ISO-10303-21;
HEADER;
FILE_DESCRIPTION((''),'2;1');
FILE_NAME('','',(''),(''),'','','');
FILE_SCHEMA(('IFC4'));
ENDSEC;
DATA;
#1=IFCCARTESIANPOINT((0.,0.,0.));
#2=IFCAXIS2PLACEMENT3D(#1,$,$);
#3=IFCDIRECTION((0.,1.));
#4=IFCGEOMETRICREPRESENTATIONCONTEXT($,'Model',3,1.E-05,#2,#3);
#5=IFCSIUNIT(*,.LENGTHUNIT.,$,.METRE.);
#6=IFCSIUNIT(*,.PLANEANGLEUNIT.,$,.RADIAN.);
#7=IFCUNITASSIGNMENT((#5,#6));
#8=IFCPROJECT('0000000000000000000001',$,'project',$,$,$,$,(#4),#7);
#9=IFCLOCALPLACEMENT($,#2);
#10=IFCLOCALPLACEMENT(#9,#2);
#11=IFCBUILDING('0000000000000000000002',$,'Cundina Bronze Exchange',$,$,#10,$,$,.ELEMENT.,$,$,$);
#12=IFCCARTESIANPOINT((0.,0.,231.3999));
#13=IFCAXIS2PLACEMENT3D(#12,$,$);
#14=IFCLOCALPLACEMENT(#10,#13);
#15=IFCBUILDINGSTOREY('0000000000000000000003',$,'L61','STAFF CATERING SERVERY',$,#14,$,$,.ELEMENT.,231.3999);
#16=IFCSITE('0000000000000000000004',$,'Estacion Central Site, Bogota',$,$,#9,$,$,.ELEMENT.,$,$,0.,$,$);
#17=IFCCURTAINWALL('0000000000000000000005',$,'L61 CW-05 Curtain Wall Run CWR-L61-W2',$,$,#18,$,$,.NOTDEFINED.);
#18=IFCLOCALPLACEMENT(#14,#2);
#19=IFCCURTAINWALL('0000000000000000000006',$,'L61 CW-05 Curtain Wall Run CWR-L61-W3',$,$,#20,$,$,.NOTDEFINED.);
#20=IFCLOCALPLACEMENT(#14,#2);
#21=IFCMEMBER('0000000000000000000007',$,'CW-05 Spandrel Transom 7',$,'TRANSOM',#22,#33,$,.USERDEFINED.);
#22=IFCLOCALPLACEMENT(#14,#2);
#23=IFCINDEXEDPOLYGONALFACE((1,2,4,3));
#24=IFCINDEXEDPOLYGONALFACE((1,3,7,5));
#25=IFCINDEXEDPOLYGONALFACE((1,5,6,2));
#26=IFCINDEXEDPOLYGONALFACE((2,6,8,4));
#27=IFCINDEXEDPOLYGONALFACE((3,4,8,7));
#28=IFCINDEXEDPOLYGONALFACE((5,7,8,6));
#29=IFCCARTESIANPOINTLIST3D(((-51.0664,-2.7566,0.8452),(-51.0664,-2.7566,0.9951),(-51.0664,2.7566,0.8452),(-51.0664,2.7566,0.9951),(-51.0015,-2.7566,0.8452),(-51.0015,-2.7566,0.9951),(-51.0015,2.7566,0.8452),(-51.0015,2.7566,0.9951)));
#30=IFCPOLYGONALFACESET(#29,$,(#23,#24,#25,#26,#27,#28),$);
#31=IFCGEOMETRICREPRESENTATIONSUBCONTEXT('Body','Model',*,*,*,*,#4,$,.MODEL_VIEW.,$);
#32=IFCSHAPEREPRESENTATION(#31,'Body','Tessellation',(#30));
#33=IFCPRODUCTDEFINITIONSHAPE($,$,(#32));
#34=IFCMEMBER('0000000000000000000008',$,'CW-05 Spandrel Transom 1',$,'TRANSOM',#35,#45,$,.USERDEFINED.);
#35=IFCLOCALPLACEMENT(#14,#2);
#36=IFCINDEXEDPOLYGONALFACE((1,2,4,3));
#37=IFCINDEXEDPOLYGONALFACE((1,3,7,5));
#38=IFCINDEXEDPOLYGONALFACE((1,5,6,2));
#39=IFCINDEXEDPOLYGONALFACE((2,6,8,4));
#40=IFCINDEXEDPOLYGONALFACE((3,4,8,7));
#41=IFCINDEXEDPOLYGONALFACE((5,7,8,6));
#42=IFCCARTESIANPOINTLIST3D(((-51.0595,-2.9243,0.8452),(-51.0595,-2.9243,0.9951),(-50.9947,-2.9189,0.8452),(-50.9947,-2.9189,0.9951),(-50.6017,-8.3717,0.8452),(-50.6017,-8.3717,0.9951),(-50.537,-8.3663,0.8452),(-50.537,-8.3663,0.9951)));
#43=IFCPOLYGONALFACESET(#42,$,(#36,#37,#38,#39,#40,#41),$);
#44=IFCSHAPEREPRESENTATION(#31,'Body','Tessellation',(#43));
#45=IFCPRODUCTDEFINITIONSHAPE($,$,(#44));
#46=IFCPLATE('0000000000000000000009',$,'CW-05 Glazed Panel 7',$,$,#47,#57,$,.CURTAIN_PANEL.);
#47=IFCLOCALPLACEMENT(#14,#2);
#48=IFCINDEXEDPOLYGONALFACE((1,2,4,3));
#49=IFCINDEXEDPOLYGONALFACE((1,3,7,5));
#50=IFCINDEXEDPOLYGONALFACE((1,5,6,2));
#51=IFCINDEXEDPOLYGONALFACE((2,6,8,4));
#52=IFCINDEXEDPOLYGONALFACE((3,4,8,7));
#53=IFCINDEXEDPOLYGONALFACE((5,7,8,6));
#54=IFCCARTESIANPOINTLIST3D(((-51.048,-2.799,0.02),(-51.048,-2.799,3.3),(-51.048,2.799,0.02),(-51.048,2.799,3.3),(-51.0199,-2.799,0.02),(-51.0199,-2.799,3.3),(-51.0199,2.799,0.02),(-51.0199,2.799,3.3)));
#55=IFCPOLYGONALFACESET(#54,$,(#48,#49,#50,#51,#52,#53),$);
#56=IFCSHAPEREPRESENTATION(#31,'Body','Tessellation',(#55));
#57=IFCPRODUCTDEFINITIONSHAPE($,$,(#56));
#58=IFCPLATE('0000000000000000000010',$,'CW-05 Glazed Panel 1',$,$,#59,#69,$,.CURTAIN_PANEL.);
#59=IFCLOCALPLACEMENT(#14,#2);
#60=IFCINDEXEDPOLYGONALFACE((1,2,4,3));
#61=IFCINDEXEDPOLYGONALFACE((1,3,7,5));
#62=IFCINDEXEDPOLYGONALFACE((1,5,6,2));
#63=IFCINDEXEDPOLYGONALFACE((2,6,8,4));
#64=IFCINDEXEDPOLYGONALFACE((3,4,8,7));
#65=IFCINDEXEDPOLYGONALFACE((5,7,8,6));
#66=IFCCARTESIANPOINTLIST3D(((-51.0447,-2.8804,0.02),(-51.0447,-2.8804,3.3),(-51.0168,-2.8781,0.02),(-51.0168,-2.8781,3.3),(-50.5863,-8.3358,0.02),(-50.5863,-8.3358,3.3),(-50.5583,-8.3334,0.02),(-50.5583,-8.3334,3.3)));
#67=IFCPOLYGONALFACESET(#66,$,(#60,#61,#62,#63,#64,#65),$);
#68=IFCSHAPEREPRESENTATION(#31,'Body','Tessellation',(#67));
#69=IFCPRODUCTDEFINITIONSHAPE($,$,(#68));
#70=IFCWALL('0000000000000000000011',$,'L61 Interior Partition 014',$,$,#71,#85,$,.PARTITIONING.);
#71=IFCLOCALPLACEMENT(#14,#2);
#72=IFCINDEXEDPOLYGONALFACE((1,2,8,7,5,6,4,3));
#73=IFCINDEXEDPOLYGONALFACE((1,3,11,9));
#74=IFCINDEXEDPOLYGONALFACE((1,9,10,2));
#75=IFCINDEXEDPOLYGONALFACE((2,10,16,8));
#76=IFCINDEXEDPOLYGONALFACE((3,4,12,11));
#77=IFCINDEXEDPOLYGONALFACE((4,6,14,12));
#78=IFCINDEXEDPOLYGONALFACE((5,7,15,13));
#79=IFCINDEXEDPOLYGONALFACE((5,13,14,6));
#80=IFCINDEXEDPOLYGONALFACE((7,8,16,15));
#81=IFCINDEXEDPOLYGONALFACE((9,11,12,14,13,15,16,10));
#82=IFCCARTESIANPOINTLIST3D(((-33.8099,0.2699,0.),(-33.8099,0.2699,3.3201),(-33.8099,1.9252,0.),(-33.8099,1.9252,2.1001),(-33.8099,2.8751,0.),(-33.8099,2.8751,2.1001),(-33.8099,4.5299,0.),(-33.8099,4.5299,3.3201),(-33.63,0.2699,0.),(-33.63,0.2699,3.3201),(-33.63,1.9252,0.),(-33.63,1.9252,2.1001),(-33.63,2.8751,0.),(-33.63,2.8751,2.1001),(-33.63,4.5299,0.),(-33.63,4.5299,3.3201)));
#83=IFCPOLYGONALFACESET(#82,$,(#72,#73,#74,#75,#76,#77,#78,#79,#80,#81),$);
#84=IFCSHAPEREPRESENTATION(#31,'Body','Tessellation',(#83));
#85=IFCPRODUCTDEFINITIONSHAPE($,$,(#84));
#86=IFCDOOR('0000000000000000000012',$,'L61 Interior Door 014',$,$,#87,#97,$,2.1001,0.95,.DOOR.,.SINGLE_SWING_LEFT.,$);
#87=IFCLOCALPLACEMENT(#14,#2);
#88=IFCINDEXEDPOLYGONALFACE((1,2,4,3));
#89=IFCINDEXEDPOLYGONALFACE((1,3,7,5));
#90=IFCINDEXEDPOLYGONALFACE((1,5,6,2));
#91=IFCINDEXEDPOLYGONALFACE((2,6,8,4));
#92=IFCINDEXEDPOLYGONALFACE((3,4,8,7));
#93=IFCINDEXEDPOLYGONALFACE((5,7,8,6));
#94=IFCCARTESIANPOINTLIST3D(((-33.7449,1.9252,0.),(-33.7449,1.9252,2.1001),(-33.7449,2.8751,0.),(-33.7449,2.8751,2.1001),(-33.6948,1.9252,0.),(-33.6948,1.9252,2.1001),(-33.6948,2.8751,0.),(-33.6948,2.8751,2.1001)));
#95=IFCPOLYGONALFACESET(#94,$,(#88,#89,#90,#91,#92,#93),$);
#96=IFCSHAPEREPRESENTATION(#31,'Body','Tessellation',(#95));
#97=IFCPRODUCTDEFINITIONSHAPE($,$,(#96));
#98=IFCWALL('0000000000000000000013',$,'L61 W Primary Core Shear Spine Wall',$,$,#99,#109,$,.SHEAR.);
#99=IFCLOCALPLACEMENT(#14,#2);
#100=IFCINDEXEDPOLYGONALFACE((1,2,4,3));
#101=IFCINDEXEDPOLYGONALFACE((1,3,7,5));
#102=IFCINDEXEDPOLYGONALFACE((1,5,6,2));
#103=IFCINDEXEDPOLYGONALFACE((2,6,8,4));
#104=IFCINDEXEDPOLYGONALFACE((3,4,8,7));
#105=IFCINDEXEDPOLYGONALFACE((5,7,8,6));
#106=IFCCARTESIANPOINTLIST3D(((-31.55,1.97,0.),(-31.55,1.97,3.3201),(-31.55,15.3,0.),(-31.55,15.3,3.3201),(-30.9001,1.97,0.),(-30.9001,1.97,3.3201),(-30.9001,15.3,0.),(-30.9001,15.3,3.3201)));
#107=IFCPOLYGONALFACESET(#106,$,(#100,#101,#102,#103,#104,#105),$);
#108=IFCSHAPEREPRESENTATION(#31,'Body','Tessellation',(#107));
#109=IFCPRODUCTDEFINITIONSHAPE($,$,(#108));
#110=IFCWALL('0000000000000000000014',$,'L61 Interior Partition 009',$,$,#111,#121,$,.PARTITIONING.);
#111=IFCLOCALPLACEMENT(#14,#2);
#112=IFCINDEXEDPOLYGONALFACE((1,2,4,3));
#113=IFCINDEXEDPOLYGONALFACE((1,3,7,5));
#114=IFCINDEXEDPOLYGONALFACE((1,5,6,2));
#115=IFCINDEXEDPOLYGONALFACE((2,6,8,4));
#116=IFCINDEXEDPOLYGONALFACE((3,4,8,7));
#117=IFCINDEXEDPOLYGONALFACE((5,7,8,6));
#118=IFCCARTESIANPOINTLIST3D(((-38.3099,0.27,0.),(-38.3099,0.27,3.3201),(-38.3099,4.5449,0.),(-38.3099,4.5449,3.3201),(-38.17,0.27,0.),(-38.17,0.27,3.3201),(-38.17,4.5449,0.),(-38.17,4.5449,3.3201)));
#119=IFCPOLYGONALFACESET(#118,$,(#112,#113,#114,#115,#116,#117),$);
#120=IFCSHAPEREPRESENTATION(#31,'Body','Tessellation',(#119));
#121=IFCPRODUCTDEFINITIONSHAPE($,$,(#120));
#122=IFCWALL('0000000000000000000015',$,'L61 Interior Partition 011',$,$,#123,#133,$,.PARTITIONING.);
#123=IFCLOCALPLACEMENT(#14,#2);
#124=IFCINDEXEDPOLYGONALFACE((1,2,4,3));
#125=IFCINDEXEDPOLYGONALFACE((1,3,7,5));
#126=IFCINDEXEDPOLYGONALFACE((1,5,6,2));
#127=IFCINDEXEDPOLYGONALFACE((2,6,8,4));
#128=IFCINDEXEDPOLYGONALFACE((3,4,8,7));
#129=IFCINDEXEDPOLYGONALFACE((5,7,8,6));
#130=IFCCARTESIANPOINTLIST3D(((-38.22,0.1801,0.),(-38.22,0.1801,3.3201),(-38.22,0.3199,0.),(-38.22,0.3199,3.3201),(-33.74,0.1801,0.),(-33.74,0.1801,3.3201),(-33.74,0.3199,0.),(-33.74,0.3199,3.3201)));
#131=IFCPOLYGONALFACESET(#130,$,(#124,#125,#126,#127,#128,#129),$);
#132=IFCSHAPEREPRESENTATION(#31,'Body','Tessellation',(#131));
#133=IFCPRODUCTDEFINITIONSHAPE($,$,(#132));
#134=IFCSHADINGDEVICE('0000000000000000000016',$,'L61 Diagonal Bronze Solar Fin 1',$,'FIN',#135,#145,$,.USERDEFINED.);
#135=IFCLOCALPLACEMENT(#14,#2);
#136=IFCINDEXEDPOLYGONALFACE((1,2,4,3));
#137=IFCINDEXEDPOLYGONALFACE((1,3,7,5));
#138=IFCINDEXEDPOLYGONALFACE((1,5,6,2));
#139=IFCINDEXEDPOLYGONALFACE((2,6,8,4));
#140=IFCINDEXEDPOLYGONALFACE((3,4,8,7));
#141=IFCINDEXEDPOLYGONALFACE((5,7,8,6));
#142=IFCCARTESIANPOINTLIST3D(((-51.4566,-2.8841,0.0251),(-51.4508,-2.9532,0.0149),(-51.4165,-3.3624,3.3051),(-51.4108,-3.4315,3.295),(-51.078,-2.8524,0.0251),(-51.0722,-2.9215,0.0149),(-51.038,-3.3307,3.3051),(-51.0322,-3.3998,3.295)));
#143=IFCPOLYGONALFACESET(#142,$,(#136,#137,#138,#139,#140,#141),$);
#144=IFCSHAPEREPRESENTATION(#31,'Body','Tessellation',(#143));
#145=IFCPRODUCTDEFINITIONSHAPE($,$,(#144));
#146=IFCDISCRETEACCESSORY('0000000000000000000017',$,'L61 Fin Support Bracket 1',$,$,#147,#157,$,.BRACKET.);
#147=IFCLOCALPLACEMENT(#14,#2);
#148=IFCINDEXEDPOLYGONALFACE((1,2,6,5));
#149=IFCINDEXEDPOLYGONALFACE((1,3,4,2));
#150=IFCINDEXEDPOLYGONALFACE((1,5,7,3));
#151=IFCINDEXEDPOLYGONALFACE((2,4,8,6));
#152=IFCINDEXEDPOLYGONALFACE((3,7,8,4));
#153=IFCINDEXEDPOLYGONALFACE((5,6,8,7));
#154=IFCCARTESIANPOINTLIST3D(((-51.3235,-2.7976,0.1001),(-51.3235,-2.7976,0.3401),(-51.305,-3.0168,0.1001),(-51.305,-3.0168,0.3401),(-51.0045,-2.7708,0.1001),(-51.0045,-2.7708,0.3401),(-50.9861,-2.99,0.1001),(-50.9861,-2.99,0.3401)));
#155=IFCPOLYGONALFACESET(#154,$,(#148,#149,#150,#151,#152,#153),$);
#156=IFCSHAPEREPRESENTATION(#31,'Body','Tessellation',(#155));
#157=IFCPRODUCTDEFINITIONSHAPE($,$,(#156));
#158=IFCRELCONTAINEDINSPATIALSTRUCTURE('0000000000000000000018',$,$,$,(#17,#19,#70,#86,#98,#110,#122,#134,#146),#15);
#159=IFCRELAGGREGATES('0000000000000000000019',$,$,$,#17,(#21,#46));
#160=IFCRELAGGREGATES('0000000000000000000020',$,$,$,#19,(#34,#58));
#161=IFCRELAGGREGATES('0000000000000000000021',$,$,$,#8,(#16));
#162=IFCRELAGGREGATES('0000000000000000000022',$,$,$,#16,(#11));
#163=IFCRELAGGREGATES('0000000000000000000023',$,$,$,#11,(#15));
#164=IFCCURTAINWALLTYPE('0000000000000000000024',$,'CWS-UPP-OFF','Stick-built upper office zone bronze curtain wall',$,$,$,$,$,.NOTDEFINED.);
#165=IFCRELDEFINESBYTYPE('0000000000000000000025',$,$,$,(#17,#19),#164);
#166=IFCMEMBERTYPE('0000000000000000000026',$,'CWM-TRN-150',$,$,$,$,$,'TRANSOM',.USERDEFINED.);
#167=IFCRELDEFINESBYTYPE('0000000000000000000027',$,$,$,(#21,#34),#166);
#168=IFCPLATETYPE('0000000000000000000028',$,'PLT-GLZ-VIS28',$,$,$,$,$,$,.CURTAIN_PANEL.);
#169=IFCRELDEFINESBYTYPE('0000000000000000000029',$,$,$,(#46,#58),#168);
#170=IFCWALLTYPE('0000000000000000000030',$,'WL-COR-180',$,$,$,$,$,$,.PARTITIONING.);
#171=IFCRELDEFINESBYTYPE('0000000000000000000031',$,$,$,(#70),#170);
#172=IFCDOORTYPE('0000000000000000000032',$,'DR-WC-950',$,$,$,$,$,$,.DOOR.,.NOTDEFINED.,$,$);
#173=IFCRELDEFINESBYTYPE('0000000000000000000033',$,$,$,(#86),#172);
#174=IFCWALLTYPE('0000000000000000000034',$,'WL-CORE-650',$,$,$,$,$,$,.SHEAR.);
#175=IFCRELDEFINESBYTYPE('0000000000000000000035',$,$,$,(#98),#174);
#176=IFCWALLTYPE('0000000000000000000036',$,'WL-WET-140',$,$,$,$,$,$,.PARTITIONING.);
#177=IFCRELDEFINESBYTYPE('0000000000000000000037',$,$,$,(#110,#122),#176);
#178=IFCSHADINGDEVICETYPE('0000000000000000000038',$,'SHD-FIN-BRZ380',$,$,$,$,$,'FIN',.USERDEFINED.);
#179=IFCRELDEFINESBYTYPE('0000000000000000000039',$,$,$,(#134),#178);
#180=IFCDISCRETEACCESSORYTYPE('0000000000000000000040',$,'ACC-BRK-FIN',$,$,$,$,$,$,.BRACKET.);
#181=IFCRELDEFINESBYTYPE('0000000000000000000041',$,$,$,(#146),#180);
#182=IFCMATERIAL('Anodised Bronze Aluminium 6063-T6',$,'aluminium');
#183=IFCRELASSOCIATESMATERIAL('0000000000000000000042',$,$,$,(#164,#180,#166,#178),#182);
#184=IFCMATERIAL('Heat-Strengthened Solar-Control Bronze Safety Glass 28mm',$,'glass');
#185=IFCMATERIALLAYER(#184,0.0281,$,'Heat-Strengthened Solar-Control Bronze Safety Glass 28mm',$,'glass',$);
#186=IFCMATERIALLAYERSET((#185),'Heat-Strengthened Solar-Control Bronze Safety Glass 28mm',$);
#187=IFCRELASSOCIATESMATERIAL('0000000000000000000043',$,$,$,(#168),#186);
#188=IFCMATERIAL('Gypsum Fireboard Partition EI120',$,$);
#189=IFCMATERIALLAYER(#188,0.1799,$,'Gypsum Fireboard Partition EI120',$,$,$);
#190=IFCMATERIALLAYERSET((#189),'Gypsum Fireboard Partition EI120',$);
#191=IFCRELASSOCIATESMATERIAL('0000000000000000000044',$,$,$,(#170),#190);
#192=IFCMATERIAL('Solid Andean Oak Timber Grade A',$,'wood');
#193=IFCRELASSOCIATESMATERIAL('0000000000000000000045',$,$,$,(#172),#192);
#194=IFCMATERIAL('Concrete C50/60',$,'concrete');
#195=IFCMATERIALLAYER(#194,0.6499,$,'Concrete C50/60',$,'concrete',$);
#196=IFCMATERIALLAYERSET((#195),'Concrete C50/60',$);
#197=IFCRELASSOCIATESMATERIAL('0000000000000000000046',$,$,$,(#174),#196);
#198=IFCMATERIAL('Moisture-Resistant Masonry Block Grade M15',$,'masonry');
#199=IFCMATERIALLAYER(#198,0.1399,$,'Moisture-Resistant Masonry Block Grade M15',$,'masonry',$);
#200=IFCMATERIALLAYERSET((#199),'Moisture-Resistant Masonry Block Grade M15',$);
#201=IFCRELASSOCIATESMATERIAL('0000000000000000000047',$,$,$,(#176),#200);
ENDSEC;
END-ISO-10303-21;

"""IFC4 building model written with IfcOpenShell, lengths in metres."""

from ifc_helpers import new_model, si_unit, direction, frame, frame_2d, origin, origin_2d, place, context, subcontext, project, spatial, rectangle, extrude, material, layer, layer_set, material_profile, profile_set, type_object, element, fill, aggregate, save


model = new_model("IFC4")

# Units and contexts
model_context = context("Model", 3, precision=1e-05, world=origin(), true_north=direction((0.0, 1.0)))
body_context = subcontext(model_context, "Body", "Model", "MODEL_VIEW")
ifc_project = project(units=[si_unit("LENGTHUNIT", "METRE"), si_unit("PLANEANGLEUNIT", "RADIAN")], contexts=[model_context])

# Site, building, storey
site_placement = place(None, origin())
site = spatial("IfcSite", under=ifc_project, at=site_placement, Name="Estacion Central Site, Bogota", CompositionType="ELEMENT", RefElevation=0.0)
building_placement = place(site_placement, origin())
building = spatial("IfcBuilding", under=site, at=building_placement, Name="Cundina Bronze Exchange", CompositionType="ELEMENT")
storey_placement = place(building_placement, frame((0.0, 0.0, 231.3999)))
storey = spatial("IfcBuildingStorey", under=building, at=storey_placement, Name="L61", Description="STAFF CATERING SERVERY", CompositionType="ELEMENT", Elevation=231.3999)

# Shared definitions
ifc_material_1 = material(Name="Concrete C50/60", Category="concrete")

# Curtain walls
ifc_material_2 = material(Name="Anodised Bronze Aluminium 6063-T6", Category="aluminium")
curtain_wall_type = type_object("IfcCurtainWallType", Name="CWS-UPP-OFF", Description="Stick-built upper office zone bronze curtain wall", PredefinedType="NOTDEFINED", material=ifc_material_2)
curtain_wall_1_placement = place(storey_placement, origin())
curtain_wall_1 = element("IfcCurtainWall", 1, at=curtain_wall_1_placement, inside=storey, type_object=curtain_wall_type, Name="L61 CW-05 Curtain Wall Run CWR-L61-W2", PredefinedType="NOTDEFINED")
curtain_wall_2_placement = place(storey_placement, origin())
curtain_wall_2 = element("IfcCurtainWall", 2, at=curtain_wall_2_placement, inside=storey, type_object=curtain_wall_type, Name="L61 CW-05 Curtain Wall Run CWR-L61-W3", PredefinedType="NOTDEFINED")

# Members
ifc_material_profile_1 = material_profile(ifc_material_2, rectangle(XDim=0.0649, YDim=0.1499, at=origin_2d()), Name="AL65X150", Category="aluminium")
ifc_profile_set_1 = profile_set([ifc_material_profile_1], Name="Anodised Bronze Aluminium 6063-T6")
member_type_1 = type_object("IfcMemberType", Name="CWM-TRN-150", ElementType="TRANSOM", PredefinedType="USERDEFINED", material=ifc_profile_set_1)
member_1_placement = place(storey_placement, frame((-51.0339, 2.7566, 0.9202), z_axis=(0.0, -1.0, 0.0), x_axis=(1.0, 0.0, 0.0)))
member_1 = element("IfcMember", 3, at=member_1_placement, type_object=member_type_1, Name="CW-05 Spandrel Transom 7", ObjectType="TRANSOM", PredefinedType="USERDEFINED", context=body_context, shape_type="SweptSolid", body=[
    extrude(rectangle(XDim=0.0649, YDim=0.1499, at=origin_2d()), origin(), (0.0, 0.0, 1.0), 5.5132),
])
member_2_placement = place(storey_placement, frame((-51.0271, -2.9216, 0.9202), z_axis=(0.08374, -0.996488, 0.0), x_axis=(0.996488, 0.08374, 0.0)))
member_2 = element("IfcMember", 4, at=member_2_placement, type_object=member_type_1, Name="CW-05 Spandrel Transom 1", ObjectType="TRANSOM", PredefinedType="USERDEFINED", context=body_context, shape_type="SweptSolid", body=[
    extrude(rectangle(XDim=0.0649, YDim=0.1499, at=origin_2d()), origin(), (0.0, 0.0, 1.0), 5.4666),
])

# Plates
ifc_material_3 = material(Name="Heat-Strengthened Solar-Control Bronze Safety Glass 28mm", Category="glass")
ifc_layer_1 = layer(ifc_material_3, 0.0281, Name="Heat-Strengthened Solar-Control Bronze Safety Glass 28mm", Category="glass")
ifc_layer_set_1 = layer_set([ifc_layer_1], Name="Heat-Strengthened Solar-Control Bronze Safety Glass 28mm")
plate_type = type_object("IfcPlateType", Name="PLT-GLZ-VIS28", PredefinedType="CURTAIN_PANEL", material=ifc_layer_set_1)
plate_1_placement = place(storey_placement, frame((-51.0339, 0.0, 0.02), z_axis=(0.0, 0.0, 1.0), x_axis=(0.0, -1.0, 0.0)))
plate_1 = element("IfcPlate", 5, at=plate_1_placement, type_object=plate_type, Name="CW-05 Glazed Panel 7", PredefinedType="CURTAIN_PANEL", context=body_context, shape_type="SweptSolid", body=[
    extrude(rectangle(XDim=5.5979, YDim=0.0281, at=origin_2d()), origin(), (0.0, 0.0, 1.0), 3.28),
])
aggregate(curtain_wall_1, [member_1, plate_1])
plate_2_placement = place(storey_placement, frame((-50.8015, -5.6069, 0.02), z_axis=(0.0, 0.0, 1.0), x_axis=(0.083747, -0.996487, 0.0)))
plate_2 = element("IfcPlate", 6, at=plate_2_placement, type_object=plate_type, Name="CW-05 Glazed Panel 1", PredefinedType="CURTAIN_PANEL", context=body_context, shape_type="SweptSolid", body=[
    extrude(rectangle(XDim=5.4746, YDim=0.0281, at=origin_2d()), origin(), (0.0, 0.0, 1.0), 3.28),
])
aggregate(curtain_wall_2, [member_2, plate_2])

# Wall, opening, door
ifc_material_4 = material(Name="Gypsum Fireboard Partition EI120")
ifc_layer_2 = layer(ifc_material_4, 0.1799, Name="Gypsum Fireboard Partition EI120")
ifc_layer_set_2 = layer_set([ifc_layer_2], Name="Gypsum Fireboard Partition EI120")
wall_type_1 = type_object("IfcWallType", Name="WL-COR-180", PredefinedType="PARTITIONING", material=ifc_layer_set_2)
wall_1_placement = place(storey_placement, frame((-33.72, 0.27, 0.0), z_axis=(0.0, 0.0, 1.0), x_axis=(0.0, 1.0, 0.0)))
wall_1 = element("IfcWall", 7, at=wall_1_placement, inside=storey, type_object=wall_type_1, Name="L61 Interior Partition 014", PredefinedType="PARTITIONING", context=body_context, shape_type="SweptSolid", body=[
    extrude(rectangle(XDim=4.26, YDim=0.1799, at=frame_2d((2.1299, 0.0))), origin(), (0.0, 0.0, 1.0), 3.3201),
])
opening_1_placement = place(wall_1_placement, frame((1.655, 0.0, 0.0)))
opening_1 = element("IfcOpeningElement", 8, at=opening_1_placement, cuts=wall_1, PredefinedType="OPENING", context=body_context, shape_type="SweptSolid", body=[
    extrude(rectangle(XDim=0.95, YDim=2.1001, at=frame_2d((0.4751, 1.05))), frame((0.0, 0.0999, 0.0), z_axis=(0.0, -1.0, 0.0), x_axis=(1.0, 0.0, 0.0)), (0.0, 0.0, 1.0), 0.2),
])
ifc_material_5 = material(Name="Solid Andean Oak Timber Grade A", Category="wood")
door_type_1 = type_object("IfcDoorType", Name="DR-WC-950", OperationType="NOTDEFINED", PredefinedType="DOOR", material=ifc_material_5)
door_1_placement = place(opening_1_placement, origin())
door_1 = element("IfcDoor", 9, at=door_1_placement, inside=storey, type_object=door_type_1, Name="L61 Interior Door 014", OperationType="SINGLE_SWING_LEFT", OverallHeight=2.1001, OverallWidth=0.95, PredefinedType="DOOR", context=body_context, shape_type="SweptSolid", body=[
    extrude(rectangle(XDim=0.95, YDim=2.1001, at=frame_2d((0.4751, 1.05))), frame((0.0, 0.0249, 0.0), z_axis=(0.0, -1.0, 0.0), x_axis=(1.0, 0.0, 0.0)), (0.0, 0.0, 1.0), 0.05),
])
fill(opening_1, door_1)

# Walls
ifc_layer_3 = layer(ifc_material_1, 0.6499, Name="Concrete C50/60", Category="concrete")
ifc_layer_set_3 = layer_set([ifc_layer_3], Name="Concrete C50/60")
wall_type_2 = type_object("IfcWallType", Name="WL-CORE-650", PredefinedType="SHEAR", material=ifc_layer_set_3)
wall_2_placement = place(storey_placement, frame((-31.2251, 1.97, 0.0), z_axis=(0.0, 0.0, 1.0), x_axis=(0.0, 1.0, 0.0)))
element("IfcWall", 10, at=wall_2_placement, inside=storey, type_object=wall_type_2, Name="L61 W Primary Core Shear Spine Wall", PredefinedType="SHEAR", context=body_context, shape_type="SweptSolid", body=[
    extrude(rectangle(XDim=13.3301, YDim=0.6499, at=frame_2d((6.665, 0.0))), origin(), (0.0, 0.0, 1.0), 3.3201),
])
ifc_material_6 = material(Name="Moisture-Resistant Masonry Block Grade M15", Category="masonry")
ifc_layer_4 = layer(ifc_material_6, 0.1399, Name="Moisture-Resistant Masonry Block Grade M15", Category="masonry")
ifc_layer_set_4 = layer_set([ifc_layer_4], Name="Moisture-Resistant Masonry Block Grade M15")
wall_type_3 = type_object("IfcWallType", Name="WL-WET-140", PredefinedType="PARTITIONING", material=ifc_layer_set_4)
wall_3_placement = place(storey_placement, frame((-38.24, 0.27, 0.0), z_axis=(0.0, 0.0, 1.0), x_axis=(0.0, 1.0, 0.0)))
element("IfcWall", 11, at=wall_3_placement, inside=storey, type_object=wall_type_3, Name="L61 Interior Partition 009", PredefinedType="PARTITIONING", context=body_context, shape_type="SweptSolid", body=[
    extrude(rectangle(XDim=4.2749, YDim=0.1399, at=frame_2d((2.1375, 0.0))), origin(), (0.0, 0.0, 1.0), 3.3201),
])
wall_4_placement = place(storey_placement, frame((-38.22, 0.25, 0.0), z_axis=(0.0, 0.0, 1.0), x_axis=(1.0, 0.0, 0.0)))
element("IfcWall", 12, at=wall_4_placement, inside=storey, type_object=wall_type_3, Name="L61 Interior Partition 011", PredefinedType="PARTITIONING", context=body_context, shape_type="SweptSolid", body=[
    extrude(rectangle(XDim=4.48, YDim=0.1399, at=frame_2d((2.24, 0.0))), origin(), (0.0, 0.0, 1.0), 3.3201),
])

# Shading device
ifc_material_profile_2 = material_profile(ifc_material_2, rectangle(XDim=0.0701, YDim=0.3799, at=origin_2d()), Name="FIN70X380", Category="aluminium")
ifc_profile_set_2 = profile_set([ifc_material_profile_2], Name="Anodised Bronze Aluminium 6063-T6")
shading_device_type = type_object("IfcShadingDeviceType", Name="SHD-FIN-BRZ380", ElementType="FIN", PredefinedType="USERDEFINED", material=ifc_profile_set_2)
shading_device_placement = place(storey_placement, frame((-51.2644, -2.9028, 0.02), z_axis=(0.012078, -0.144277, 0.989464), x_axis=(-0.082545, 0.986014, 0.144782)))
element("IfcShadingDevice", 13, at=shading_device_placement, inside=storey, type_object=shading_device_type, Name="L61 Diagonal Bronze Solar Fin 1", ObjectType="FIN", PredefinedType="USERDEFINED", context=body_context, shape_type="SweptSolid", body=[
    extrude(rectangle(XDim=0.0701, YDim=0.3799, at=origin_2d()), origin(), (0.0, 0.0, 1.0), 3.3149),
])

# Discrete accessory
discrete_accessory_type = type_object("IfcDiscreteAccessoryType", Name="ACC-BRK-FIN", PredefinedType="BRACKET", material=ifc_material_2)
discrete_accessory_placement = place(storey_placement, frame((-51.1548, -2.8938, 0.1001), z_axis=(0.0, 0.0, 1.0), x_axis=(0.083747, -0.996487, 0.0)))
element("IfcDiscreteAccessory", 14, at=discrete_accessory_placement, inside=storey, type_object=discrete_accessory_type, Name="L61 Fin Support Bracket 1", PredefinedType="BRACKET", context=body_context, shape_type="SweptSolid", body=[
    extrude(rectangle(XDim=0.22, YDim=0.3201, at=origin_2d()), origin(), (0.0, 0.0, 1.0), 0.24),
])

save(model, "model.ifc")
